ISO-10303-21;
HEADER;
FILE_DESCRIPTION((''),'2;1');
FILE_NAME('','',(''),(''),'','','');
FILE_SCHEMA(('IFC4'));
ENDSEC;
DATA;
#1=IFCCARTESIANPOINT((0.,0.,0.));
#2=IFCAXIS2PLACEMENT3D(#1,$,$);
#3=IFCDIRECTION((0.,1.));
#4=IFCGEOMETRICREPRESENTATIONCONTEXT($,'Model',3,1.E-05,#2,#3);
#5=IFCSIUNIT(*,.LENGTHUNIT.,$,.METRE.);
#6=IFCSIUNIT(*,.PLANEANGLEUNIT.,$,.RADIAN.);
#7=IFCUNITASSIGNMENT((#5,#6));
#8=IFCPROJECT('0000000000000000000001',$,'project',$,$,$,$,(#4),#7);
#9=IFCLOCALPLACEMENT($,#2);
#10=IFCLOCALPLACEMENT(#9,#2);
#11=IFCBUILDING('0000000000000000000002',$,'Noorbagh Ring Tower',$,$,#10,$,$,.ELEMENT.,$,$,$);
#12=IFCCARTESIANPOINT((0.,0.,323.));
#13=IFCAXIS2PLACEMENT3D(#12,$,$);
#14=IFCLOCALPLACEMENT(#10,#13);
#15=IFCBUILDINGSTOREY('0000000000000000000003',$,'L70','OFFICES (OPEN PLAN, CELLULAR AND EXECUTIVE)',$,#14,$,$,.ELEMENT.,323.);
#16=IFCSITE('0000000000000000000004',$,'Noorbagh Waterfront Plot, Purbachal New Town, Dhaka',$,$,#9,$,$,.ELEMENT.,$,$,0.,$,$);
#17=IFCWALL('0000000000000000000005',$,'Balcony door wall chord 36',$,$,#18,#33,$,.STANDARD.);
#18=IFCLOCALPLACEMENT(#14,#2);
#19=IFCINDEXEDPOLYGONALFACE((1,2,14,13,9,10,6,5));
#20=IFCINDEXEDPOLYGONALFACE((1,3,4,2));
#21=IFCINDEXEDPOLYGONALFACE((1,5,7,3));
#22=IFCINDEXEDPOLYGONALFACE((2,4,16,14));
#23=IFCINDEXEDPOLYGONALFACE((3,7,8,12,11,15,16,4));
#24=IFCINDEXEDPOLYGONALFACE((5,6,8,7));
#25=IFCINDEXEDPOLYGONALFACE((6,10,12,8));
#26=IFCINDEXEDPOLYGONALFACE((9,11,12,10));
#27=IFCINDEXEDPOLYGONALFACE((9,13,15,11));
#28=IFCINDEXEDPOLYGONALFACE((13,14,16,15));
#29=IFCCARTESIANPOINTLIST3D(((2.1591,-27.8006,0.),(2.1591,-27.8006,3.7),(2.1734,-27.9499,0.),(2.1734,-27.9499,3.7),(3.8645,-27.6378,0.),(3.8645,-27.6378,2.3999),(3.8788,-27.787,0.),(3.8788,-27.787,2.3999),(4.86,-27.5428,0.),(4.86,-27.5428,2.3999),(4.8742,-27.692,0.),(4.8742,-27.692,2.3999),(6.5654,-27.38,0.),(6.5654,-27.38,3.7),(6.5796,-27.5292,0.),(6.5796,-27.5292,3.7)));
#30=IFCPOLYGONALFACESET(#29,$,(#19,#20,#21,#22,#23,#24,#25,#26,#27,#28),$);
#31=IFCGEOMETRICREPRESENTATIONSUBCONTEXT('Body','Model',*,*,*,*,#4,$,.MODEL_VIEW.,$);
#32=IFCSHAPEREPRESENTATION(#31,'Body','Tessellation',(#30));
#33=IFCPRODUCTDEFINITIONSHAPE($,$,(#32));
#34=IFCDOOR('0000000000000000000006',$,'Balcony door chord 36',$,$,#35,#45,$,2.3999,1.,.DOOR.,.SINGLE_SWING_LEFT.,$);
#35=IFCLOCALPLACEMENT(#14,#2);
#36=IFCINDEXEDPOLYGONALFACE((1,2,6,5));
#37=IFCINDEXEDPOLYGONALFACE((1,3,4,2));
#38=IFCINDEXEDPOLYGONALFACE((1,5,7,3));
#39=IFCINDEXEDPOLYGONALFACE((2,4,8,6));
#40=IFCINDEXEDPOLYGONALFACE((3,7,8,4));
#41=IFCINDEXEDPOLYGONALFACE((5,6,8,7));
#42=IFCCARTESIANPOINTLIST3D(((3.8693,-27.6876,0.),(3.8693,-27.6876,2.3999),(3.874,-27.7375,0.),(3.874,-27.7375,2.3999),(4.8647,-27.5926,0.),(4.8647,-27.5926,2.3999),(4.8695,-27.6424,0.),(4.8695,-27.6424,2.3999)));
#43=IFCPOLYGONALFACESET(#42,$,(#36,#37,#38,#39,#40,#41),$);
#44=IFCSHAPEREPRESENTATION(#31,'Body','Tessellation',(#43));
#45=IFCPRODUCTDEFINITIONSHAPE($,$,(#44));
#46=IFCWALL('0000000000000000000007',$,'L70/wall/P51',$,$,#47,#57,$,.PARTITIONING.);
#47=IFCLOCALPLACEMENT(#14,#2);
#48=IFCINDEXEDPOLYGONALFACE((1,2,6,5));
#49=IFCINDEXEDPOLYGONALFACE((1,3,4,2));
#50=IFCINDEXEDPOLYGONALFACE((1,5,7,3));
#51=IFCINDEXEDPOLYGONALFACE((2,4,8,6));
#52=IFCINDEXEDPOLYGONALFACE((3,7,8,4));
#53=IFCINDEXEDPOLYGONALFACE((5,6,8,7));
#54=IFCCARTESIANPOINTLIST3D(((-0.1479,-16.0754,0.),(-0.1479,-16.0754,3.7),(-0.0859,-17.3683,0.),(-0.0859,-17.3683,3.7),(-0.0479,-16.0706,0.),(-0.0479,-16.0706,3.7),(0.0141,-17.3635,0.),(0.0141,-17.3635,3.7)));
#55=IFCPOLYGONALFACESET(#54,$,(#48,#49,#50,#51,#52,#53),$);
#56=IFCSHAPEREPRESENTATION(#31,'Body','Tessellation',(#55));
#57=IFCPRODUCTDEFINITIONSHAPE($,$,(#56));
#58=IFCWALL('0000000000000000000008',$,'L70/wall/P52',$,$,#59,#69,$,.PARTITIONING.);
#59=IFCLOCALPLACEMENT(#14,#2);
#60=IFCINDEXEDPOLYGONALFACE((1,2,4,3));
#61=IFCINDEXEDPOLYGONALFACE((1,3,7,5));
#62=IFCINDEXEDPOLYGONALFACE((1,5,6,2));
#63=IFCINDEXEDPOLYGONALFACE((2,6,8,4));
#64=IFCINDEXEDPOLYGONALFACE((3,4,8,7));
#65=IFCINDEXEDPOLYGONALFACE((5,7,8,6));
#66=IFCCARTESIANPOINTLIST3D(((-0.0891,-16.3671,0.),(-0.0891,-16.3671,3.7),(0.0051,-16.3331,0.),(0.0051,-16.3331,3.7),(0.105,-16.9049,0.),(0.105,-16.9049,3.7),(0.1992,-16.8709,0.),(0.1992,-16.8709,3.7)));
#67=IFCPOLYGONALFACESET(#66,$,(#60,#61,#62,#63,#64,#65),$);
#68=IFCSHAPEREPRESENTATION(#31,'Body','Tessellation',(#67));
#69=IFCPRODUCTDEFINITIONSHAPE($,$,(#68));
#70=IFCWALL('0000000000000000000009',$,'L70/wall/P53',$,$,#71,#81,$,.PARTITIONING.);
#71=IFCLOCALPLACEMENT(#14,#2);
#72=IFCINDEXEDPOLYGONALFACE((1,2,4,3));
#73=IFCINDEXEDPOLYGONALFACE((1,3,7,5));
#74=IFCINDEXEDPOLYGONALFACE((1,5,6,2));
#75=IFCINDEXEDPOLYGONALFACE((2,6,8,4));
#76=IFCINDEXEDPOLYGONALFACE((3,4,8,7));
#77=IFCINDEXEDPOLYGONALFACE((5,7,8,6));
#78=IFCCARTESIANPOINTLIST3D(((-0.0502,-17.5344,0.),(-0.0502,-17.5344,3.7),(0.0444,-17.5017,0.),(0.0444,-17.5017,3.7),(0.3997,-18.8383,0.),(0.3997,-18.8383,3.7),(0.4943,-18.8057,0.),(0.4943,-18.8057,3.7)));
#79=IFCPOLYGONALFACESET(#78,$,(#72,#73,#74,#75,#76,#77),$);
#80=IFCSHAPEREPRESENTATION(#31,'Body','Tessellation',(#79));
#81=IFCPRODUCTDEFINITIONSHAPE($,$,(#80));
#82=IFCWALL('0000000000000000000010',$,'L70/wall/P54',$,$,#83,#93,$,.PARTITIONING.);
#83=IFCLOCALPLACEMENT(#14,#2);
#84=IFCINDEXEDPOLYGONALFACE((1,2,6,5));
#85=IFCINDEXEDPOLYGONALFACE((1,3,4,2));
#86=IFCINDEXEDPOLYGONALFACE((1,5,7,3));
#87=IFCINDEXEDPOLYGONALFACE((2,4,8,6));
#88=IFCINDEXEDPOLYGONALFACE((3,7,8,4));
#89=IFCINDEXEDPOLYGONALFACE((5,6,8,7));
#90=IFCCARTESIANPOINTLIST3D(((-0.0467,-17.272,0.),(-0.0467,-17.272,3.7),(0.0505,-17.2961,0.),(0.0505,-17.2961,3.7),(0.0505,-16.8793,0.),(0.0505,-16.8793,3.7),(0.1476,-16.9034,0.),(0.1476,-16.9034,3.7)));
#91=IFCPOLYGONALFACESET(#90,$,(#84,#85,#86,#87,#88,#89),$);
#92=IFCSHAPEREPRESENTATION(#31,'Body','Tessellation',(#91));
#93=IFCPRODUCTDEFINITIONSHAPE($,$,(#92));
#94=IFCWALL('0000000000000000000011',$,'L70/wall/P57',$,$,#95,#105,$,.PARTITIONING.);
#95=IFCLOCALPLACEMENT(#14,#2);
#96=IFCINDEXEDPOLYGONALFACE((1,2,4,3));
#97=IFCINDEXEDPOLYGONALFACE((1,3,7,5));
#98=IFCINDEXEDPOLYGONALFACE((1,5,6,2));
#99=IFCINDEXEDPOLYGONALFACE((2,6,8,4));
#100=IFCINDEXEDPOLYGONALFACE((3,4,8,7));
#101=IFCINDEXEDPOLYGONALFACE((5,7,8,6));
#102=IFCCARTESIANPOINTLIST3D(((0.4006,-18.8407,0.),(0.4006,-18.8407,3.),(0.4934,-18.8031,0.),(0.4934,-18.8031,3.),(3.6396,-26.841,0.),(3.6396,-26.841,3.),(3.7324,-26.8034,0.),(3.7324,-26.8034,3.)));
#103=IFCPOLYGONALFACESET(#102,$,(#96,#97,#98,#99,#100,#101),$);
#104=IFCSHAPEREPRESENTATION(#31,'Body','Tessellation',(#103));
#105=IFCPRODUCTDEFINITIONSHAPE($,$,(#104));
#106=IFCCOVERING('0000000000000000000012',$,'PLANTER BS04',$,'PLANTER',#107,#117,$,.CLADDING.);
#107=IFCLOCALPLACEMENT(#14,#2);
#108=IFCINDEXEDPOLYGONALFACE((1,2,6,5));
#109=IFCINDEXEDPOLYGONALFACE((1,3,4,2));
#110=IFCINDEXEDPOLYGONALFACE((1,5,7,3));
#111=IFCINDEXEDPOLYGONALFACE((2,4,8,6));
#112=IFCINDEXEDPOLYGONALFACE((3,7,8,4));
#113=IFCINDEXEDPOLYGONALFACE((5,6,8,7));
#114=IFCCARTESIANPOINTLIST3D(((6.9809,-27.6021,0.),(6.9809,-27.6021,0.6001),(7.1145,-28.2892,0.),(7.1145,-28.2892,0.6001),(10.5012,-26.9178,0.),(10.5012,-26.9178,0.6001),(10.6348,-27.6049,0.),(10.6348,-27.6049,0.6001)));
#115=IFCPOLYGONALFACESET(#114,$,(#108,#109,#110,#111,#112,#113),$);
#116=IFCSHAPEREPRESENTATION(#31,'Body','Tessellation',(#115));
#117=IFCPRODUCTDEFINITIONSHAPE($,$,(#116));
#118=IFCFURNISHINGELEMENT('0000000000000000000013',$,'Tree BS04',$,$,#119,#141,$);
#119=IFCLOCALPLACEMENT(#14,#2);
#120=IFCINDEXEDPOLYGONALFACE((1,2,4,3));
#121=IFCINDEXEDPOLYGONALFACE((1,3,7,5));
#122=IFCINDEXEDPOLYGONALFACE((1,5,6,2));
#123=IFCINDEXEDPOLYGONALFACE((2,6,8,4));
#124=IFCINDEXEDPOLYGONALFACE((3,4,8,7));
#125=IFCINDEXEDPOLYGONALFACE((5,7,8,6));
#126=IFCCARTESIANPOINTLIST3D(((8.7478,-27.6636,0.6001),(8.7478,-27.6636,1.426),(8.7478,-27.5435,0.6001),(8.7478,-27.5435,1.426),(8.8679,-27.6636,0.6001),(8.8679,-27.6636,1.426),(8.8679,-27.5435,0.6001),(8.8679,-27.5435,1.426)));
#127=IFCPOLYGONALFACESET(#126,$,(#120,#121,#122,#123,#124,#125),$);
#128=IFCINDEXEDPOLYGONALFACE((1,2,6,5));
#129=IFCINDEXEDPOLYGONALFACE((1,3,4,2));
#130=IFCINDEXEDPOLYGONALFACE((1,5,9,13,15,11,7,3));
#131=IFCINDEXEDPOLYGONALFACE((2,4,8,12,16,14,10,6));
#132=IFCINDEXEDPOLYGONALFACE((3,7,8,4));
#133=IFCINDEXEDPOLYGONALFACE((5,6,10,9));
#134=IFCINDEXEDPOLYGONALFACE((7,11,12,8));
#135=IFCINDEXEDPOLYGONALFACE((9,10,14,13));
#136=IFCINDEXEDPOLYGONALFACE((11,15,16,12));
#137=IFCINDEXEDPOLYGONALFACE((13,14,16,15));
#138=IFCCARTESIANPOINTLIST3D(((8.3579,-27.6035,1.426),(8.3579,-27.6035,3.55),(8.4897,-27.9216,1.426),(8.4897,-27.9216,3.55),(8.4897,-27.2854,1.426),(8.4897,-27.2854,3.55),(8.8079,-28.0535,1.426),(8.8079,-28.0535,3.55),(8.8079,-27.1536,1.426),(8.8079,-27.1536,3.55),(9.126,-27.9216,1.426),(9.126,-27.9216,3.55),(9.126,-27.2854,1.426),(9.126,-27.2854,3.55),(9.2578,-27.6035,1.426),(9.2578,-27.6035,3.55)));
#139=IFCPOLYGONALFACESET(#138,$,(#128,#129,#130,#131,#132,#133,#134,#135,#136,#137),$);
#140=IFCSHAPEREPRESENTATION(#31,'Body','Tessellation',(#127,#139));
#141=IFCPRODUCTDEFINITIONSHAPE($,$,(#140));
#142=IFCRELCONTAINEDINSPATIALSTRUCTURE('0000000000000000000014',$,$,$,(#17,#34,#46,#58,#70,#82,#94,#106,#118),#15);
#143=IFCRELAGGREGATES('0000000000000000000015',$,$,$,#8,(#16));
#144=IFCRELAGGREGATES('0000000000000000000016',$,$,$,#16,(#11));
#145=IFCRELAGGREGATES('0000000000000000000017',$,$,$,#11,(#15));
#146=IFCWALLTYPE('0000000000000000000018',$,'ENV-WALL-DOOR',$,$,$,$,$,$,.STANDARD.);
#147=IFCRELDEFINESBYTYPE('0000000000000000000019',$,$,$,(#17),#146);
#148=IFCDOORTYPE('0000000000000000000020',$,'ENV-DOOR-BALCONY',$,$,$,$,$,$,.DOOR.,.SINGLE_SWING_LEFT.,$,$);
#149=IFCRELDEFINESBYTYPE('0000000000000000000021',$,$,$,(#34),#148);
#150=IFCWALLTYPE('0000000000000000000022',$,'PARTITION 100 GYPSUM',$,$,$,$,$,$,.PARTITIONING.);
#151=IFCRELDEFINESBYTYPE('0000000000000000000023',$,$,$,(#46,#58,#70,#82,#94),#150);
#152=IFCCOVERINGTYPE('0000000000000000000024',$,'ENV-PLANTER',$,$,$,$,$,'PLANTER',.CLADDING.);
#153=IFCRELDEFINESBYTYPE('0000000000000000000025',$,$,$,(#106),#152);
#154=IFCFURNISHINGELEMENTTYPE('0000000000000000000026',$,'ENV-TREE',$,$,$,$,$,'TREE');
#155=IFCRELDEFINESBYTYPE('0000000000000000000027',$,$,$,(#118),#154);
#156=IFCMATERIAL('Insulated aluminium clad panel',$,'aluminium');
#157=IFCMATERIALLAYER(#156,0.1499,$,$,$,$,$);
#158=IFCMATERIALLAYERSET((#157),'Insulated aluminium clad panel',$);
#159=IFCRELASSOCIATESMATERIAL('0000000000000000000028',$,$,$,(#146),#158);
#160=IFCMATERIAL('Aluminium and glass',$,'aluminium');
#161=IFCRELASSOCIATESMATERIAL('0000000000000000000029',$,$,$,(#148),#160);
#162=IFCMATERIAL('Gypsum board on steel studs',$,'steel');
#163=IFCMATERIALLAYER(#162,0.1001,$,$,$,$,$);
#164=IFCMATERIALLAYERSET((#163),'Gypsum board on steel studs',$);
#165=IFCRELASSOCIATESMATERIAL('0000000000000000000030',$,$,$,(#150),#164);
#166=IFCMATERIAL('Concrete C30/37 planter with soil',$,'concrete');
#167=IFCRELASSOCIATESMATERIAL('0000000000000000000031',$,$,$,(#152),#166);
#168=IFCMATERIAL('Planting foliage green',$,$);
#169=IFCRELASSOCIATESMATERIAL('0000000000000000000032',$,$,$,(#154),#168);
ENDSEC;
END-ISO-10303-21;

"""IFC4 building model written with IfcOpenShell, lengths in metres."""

from ifc_helpers import new_model, si_unit, direction, frame, frame_2d, origin, origin_2d, place, context, subcontext, project, spatial, polyline, rectangle, outline, extrude, material, layer, layer_set, type_object, element, fill, save


model = new_model("IFC4")

# Units and contexts
model_context = context("Model", 3, precision=1e-05, world=origin(), true_north=direction((0.0, 1.0)))
body_context = subcontext(model_context, "Body", "Model", "MODEL_VIEW")
ifc_project = project(units=[si_unit("LENGTHUNIT", "METRE"), si_unit("PLANEANGLEUNIT", "RADIAN")], contexts=[model_context])

# Site, building, storey
site_placement = place(None, origin())
site = spatial("IfcSite", under=ifc_project, at=site_placement, Name="Noorbagh Waterfront Plot, Purbachal New Town, Dhaka", CompositionType="ELEMENT", RefElevation=0.0)
building_placement = place(site_placement, origin())
building = spatial("IfcBuilding", under=site, at=building_placement, Name="Noorbagh Ring Tower", CompositionType="ELEMENT")
storey_placement = place(building_placement, frame((0.0, 0.0, 323.0)))
storey = spatial("IfcBuildingStorey", under=building, at=storey_placement, Name="L70", Description="OFFICES (OPEN PLAN, CELLULAR AND EXECUTIVE)", CompositionType="ELEMENT", Elevation=323.0)

# Wall, opening, door
ifc_material_1 = material(Name="Insulated aluminium clad panel", Category="aluminium")
ifc_layer_1 = layer(ifc_material_1, 0.1499)
ifc_layer_set_1 = layer_set([ifc_layer_1], Name="Insulated aluminium clad panel")
wall_type_1 = type_object("IfcWallType", Name="ENV-WALL-DOOR", PredefinedType="STANDARD", material=ifc_layer_set_1)
wall_1_placement = place(storey_placement, frame((2.1663, -27.8752, 0.0), z_axis=(0.0, 0.0, 1.0), x_axis=(0.995474, 0.095036, 0.0)))
wall_1 = element("IfcWall", 1, at=wall_1_placement, inside=storey, type_object=wall_type_1, Name="Balcony door wall chord 36", PredefinedType="STANDARD", context=body_context, shape_type="SweptSolid", body=[
    extrude(rectangle(XDim=4.4263, YDim=0.1499, at=frame_2d((2.2131, 0.0))), origin(), (0.0, 0.0, 1.0), 3.7),
])
opening_placement = place(wall_1_placement, frame((1.7131, 0.0, 0.0)))
opening = element("IfcOpeningElement", 2, at=opening_placement, cuts=wall_1, PredefinedType="OPENING", context=body_context, shape_type="SweptSolid", body=[
    extrude(rectangle(XDim=1.0, YDim=2.3999, at=frame_2d((0.5, 1.2))), frame((0.0, 0.085, 0.0), z_axis=(0.0, -1.0, 0.0), x_axis=(1.0, 0.0, 0.0)), (0.0, 0.0, 1.0), 0.1699),
])
ifc_material_2 = material(Name="Aluminium and glass", Category="aluminium")
door_type = type_object("IfcDoorType", Name="ENV-DOOR-BALCONY", OperationType="SINGLE_SWING_LEFT", PredefinedType="DOOR", material=ifc_material_2)
door_placement = place(opening_placement, origin())
door = element("IfcDoor", 3, at=door_placement, inside=storey, type_object=door_type, Name="Balcony door chord 36", OperationType="SINGLE_SWING_LEFT", OverallHeight=2.3999, OverallWidth=1.0, PredefinedType="DOOR", context=body_context, shape_type="SweptSolid", body=[
    extrude(rectangle(XDim=1.0, YDim=2.3999, at=frame_2d((0.5, 1.2))), frame((0.0, 0.0249, 0.0), z_axis=(0.0, -1.0, 0.0), x_axis=(1.0, 0.0, 0.0)), (0.0, 0.0, 1.0), 0.05),
])
fill(opening, door)

# Walls
ifc_material_3 = material(Name="Gypsum board on steel studs", Category="steel")
ifc_layer_2 = layer(ifc_material_3, 0.1001)
ifc_layer_set_2 = layer_set([ifc_layer_2], Name="Gypsum board on steel studs")
wall_type_2 = type_object("IfcWallType", Name="PARTITION 100 GYPSUM", PredefinedType="PARTITIONING", material=ifc_layer_set_2)
wall_2_placement = place(storey_placement, frame((-0.0979, -16.073, 0.0), z_axis=(0.0, 0.0, 1.0), x_axis=(0.047906, -0.998852, 0.0)))
element("IfcWall", 4, at=wall_2_placement, inside=storey, type_object=wall_type_2, Name="L70/wall/P51", PredefinedType="PARTITIONING", context=body_context, shape_type="SweptSolid", body=[
    extrude(rectangle(XDim=1.2944, YDim=0.1001, at=frame_2d((0.6472, 0.0))), origin(), (0.0, 0.0, 1.0), 3.7),
])
wall_3_placement = place(storey_placement, frame((-0.042, -16.3501, 0.0), z_axis=(0.0, 0.0, 1.0), x_axis=(0.339445, -0.940626, 0.0)))
element("IfcWall", 5, at=wall_3_placement, inside=storey, type_object=wall_type_2, Name="L70/wall/P52", PredefinedType="PARTITIONING", context=body_context, shape_type="SweptSolid", body=[
    extrude(rectangle(XDim=0.5718, YDim=0.1001, at=frame_2d((0.2859, 0.0))), origin(), (0.0, 0.0, 1.0), 3.7),
])
wall_4_placement = place(storey_placement, frame((-0.0029, -17.5181, 0.0), z_axis=(0.0, 0.0, 1.0), x_axis=(0.326192, -0.945303, 0.0)))
element("IfcWall", 6, at=wall_4_placement, inside=storey, type_object=wall_type_2, Name="L70/wall/P53", PredefinedType="PARTITIONING", context=body_context, shape_type="SweptSolid", body=[
    extrude(rectangle(XDim=1.3794, YDim=0.1001, at=frame_2d((0.6897, 0.0))), origin(), (0.0, 0.0, 1.0), 3.7),
])
wall_5_placement = place(storey_placement, frame((0.002, -17.2839, 0.0), z_axis=(0.0, 0.0, 1.0), x_axis=(0.240122, 0.970743, 0.0)))
element("IfcWall", 7, at=wall_5_placement, inside=storey, type_object=wall_type_2, Name="L70/wall/P54", PredefinedType="PARTITIONING", context=body_context, shape_type="SweptSolid", body=[
    extrude(rectangle(XDim=0.4045, YDim=0.1001, at=frame_2d((0.2021, 0.0))), origin(), (0.0, 0.0, 1.0), 3.7),
])
wall_6_placement = place(storey_placement, frame((0.447, -18.822, 0.0), z_axis=(0.0, 0.0, 1.0), x_axis=(0.375274, -0.926914, 0.0)))
element("IfcWall", 8, at=wall_6_placement, inside=storey, type_object=wall_type_2, Name="L70/wall/P57", PredefinedType="PARTITIONING", context=body_context, shape_type="SweptSolid", body=[
    extrude(rectangle(XDim=8.6311, YDim=0.1001, at=frame_2d((4.3154, 0.0))), origin(), (0.0, 0.0, 1.0), 3.0),
])

# Covering
ifc_material_4 = material(Name="Concrete C30/37 planter with soil", Category="concrete")
covering_type = type_object("IfcCoveringType", Name="ENV-PLANTER", ElementType="PLANTER", PredefinedType="CLADDING", material=ifc_material_4)
covering_placement = place(storey_placement, frame((8.8079, -27.6035, 0.0), z_axis=(0.0, 0.0, 1.0), x_axis=(0.981625, 0.19082, 0.0)))
element("IfcCovering", 9, at=covering_placement, inside=storey, type_object=covering_type, Name="PLANTER BS04", ObjectType="PLANTER", PredefinedType="CLADDING", context=body_context, shape_type="SweptSolid", body=[
    extrude(rectangle(XDim=3.5862, YDim=0.7, at=origin_2d()), origin(), (0.0, 0.0, 1.0), 0.6001),
])

# Furnishing element
ifc_material_5 = material(Name="Planting foliage green")
furnishing_element_type = type_object("IfcFurnishingElementType", Name="ENV-TREE", ElementType="TREE", material=ifc_material_5)
furnishing_placement = place(storey_placement, frame((8.8079, -27.6035, 0.6001), z_axis=(0.0, 0.0, 1.0), x_axis=(1.0, 0.0, 0.0)))
element("IfcFurnishingElement", 10, at=furnishing_placement, inside=storey, type_object=furnishing_element_type, Name="Tree BS04", context=body_context, shape_type="SweptSolid", body=[
    extrude(rectangle(XDim=0.1201, YDim=0.1201, at=origin_2d()), origin(), (0.0, 0.0, 1.0), 0.8259),
    extrude(outline(polyline([(0.45, 0.0), (0.3181, 0.3181), (0.0, 0.45), (-0.3181, 0.3181), (-0.45, 0.0), (-0.3181, -0.3181), (0.0, -0.45), (0.3181, -0.3181), (0.45, 0.0)])), frame((0.0, 0.0, 0.8259)), (0.0, 0.0, 1.0), 2.124),
])

save(model, "model.ifc")
